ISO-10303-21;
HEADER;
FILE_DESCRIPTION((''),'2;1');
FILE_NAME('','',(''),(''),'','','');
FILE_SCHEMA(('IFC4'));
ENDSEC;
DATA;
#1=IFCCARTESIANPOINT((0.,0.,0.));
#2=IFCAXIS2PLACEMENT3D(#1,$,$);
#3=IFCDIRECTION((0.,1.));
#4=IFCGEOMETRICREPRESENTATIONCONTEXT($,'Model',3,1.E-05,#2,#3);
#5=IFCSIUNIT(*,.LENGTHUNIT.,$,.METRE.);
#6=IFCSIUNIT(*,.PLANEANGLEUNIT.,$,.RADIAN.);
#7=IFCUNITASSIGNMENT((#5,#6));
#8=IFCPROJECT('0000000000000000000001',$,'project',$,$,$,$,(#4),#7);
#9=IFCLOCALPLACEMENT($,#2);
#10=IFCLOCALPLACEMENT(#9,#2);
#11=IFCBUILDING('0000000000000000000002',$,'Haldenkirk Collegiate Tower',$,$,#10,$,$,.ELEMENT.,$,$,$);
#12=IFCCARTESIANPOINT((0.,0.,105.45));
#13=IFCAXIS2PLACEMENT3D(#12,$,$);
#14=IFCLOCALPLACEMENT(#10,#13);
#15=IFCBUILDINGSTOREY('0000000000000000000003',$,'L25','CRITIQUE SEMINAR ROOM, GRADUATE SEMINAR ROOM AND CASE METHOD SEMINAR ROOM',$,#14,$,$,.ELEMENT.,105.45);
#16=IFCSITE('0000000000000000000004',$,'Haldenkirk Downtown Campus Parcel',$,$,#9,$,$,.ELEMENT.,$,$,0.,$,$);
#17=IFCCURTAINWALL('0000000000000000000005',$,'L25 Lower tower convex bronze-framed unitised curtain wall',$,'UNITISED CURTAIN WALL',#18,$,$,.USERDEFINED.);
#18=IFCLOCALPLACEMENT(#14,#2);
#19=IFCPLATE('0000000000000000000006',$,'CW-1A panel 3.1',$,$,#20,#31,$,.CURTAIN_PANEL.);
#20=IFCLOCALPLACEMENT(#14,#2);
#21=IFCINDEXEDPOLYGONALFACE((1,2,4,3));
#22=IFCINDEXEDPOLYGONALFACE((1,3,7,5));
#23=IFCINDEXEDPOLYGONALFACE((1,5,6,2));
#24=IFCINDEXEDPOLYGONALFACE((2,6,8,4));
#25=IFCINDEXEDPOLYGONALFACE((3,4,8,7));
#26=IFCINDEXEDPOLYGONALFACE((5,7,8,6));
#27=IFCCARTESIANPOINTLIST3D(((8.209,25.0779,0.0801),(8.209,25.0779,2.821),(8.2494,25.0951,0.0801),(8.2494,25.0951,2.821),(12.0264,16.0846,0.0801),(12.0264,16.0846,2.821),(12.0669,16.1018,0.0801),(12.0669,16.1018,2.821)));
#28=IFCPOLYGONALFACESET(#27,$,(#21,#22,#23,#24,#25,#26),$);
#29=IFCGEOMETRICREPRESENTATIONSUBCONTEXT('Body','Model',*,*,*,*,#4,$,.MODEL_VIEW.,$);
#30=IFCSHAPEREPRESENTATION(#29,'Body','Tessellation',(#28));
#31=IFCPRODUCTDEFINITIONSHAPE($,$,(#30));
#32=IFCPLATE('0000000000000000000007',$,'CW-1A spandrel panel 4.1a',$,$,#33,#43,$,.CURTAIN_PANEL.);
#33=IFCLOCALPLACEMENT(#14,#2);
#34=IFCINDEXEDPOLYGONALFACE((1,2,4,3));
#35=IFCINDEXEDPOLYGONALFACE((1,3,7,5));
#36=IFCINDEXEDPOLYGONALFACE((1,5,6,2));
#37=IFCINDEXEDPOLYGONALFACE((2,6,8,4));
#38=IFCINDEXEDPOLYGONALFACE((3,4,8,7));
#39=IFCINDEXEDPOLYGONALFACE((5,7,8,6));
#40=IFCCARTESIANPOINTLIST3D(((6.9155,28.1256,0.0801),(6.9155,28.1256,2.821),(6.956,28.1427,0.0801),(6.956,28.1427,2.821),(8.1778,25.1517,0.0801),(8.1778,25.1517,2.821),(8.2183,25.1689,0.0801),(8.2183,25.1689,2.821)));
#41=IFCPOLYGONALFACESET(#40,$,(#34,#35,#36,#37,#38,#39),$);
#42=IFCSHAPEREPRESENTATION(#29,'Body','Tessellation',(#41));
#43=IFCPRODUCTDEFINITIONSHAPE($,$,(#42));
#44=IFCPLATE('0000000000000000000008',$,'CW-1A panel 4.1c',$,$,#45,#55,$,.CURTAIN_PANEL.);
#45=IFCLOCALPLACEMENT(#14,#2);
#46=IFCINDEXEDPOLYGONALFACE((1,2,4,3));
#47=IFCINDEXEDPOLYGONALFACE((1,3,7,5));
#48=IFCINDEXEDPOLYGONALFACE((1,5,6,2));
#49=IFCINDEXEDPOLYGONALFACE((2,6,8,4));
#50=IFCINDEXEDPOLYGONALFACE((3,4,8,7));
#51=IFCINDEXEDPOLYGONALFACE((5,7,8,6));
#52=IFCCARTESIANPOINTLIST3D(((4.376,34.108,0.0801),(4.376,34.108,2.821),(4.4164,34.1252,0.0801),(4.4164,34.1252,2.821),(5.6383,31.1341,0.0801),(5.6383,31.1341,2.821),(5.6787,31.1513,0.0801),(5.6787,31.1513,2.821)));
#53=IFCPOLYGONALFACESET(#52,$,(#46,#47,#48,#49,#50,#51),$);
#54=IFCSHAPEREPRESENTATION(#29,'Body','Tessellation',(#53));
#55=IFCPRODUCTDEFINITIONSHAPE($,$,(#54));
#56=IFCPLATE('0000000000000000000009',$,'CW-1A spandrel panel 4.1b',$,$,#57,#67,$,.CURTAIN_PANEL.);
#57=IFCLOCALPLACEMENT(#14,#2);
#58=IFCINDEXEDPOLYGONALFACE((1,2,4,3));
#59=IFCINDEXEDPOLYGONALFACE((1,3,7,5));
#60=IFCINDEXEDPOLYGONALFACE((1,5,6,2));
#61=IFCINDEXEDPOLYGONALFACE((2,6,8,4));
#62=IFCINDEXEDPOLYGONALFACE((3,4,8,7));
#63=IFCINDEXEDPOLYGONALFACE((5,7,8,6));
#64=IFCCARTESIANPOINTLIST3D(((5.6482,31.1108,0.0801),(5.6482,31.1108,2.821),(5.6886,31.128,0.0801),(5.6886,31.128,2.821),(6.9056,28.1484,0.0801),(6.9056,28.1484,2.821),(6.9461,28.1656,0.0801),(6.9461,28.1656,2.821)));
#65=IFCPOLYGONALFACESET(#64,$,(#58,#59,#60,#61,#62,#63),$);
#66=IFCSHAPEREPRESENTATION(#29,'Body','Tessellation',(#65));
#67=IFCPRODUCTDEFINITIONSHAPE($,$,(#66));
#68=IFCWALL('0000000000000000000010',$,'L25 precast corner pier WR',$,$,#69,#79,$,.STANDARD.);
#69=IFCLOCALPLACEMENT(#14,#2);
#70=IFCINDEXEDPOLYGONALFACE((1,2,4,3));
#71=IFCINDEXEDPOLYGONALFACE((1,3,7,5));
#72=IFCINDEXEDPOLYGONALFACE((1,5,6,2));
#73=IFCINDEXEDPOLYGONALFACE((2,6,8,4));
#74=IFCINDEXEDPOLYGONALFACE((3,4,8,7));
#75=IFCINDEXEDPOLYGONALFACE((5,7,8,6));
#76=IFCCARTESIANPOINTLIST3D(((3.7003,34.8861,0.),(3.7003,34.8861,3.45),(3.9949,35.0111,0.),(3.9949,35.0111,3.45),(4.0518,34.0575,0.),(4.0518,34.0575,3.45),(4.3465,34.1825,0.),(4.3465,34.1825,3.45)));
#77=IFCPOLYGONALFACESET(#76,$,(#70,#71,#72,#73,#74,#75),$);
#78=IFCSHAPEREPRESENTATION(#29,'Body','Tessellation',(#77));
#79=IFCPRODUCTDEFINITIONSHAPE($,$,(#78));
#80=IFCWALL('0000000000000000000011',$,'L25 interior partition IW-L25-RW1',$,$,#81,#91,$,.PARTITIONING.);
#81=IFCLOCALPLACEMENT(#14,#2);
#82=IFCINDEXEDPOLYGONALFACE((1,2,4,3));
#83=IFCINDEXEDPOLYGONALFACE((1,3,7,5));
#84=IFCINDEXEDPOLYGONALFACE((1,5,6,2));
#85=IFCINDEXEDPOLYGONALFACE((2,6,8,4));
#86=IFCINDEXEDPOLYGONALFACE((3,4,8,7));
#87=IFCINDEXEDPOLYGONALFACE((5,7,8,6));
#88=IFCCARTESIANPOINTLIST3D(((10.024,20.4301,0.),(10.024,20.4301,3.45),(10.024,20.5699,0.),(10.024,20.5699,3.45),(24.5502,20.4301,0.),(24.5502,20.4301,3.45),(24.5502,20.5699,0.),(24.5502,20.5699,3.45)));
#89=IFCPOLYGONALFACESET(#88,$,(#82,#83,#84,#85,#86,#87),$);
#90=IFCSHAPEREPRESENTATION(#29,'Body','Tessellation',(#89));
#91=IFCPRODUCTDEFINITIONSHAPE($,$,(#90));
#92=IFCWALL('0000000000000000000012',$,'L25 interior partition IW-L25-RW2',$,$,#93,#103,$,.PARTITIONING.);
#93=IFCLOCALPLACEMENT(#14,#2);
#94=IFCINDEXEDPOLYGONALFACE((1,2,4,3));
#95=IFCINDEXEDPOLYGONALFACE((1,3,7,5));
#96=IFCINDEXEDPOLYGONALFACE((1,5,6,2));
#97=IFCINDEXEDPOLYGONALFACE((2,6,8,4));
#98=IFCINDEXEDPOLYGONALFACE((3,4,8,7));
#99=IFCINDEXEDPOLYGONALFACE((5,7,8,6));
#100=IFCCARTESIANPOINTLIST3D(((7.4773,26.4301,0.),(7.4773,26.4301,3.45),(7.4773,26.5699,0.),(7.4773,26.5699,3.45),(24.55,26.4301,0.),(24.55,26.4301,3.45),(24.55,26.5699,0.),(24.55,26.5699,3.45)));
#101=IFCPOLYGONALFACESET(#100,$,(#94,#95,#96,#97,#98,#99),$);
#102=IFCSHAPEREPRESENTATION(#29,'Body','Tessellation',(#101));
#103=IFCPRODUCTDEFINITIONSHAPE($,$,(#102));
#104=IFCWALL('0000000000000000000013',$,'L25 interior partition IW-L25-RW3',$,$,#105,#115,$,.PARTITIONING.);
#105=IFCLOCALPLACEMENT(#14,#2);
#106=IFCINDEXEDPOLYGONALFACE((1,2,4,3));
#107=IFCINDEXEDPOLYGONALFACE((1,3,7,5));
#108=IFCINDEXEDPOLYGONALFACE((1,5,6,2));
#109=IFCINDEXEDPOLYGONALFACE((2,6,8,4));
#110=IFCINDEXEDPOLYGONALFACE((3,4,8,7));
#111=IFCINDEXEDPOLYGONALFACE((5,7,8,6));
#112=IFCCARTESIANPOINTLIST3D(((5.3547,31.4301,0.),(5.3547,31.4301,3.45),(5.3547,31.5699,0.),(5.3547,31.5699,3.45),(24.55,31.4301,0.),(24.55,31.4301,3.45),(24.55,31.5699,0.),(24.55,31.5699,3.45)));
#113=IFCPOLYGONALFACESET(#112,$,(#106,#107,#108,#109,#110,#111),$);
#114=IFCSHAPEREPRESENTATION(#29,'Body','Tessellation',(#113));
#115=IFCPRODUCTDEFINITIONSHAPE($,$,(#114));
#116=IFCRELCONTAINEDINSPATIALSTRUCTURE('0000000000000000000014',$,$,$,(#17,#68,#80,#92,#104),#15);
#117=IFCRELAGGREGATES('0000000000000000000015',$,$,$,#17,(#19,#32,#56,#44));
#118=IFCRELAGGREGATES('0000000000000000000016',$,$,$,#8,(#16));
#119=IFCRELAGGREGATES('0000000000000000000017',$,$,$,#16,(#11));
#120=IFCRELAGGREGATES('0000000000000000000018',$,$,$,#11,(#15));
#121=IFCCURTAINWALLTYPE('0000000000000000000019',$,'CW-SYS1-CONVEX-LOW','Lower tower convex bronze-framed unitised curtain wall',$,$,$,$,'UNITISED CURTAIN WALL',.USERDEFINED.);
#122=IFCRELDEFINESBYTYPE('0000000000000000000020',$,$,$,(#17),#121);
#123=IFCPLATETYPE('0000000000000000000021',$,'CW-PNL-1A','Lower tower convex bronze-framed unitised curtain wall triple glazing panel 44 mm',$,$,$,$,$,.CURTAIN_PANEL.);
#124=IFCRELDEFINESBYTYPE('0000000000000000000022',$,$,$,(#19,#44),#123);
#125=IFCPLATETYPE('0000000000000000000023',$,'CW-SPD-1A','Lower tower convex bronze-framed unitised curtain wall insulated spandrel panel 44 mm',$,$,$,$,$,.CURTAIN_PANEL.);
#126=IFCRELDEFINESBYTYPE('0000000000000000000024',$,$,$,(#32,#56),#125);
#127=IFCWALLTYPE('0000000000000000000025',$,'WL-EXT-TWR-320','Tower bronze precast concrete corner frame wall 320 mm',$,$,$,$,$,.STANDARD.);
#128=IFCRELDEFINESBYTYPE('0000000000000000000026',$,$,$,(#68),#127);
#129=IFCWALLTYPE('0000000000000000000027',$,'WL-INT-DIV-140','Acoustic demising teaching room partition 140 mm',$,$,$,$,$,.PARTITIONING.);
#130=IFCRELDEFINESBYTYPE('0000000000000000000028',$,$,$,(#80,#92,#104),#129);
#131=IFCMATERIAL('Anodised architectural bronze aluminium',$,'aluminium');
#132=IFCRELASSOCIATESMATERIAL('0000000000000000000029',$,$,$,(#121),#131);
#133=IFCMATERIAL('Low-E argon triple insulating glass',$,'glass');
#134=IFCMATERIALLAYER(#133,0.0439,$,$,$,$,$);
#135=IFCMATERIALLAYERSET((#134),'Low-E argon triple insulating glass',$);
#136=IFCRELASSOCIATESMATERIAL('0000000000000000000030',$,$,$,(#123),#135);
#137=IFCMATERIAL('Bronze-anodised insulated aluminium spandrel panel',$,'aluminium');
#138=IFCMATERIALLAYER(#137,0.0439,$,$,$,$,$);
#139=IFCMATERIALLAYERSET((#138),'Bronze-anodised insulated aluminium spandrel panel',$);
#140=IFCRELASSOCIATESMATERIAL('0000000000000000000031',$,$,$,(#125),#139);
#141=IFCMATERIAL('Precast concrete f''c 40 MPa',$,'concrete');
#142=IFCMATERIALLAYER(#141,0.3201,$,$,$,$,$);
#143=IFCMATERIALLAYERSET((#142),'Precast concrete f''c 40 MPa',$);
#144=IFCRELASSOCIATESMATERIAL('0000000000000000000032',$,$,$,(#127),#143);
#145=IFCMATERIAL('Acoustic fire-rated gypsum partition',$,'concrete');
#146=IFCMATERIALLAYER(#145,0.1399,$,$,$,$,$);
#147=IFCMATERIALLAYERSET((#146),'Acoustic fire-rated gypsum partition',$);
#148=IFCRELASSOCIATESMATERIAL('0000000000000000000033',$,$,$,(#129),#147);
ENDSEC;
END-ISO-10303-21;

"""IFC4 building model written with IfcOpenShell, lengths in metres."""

from ifc_helpers import new_model, si_unit, direction, frame, frame_2d, origin, origin_2d, place, context, subcontext, project, spatial, rectangle, extrude, source, transform, mapped, material, layer, layer_set, type_object, element, aggregate, save


model = new_model("IFC4")

# Units and contexts
model_context = context("Model", 3, precision=1e-05, world=origin(), true_north=direction((0.0, 1.0)))
body_context = subcontext(model_context, "Body", "Model", "MODEL_VIEW")
ifc_project = project(units=[si_unit("LENGTHUNIT", "METRE"), si_unit("PLANEANGLEUNIT", "RADIAN")], contexts=[model_context])

# Site, building, storey
site_placement = place(None, origin())
site = spatial("IfcSite", under=ifc_project, at=site_placement, Name="Haldenkirk Downtown Campus Parcel", CompositionType="ELEMENT", RefElevation=0.0)
building_placement = place(site_placement, origin())
building = spatial("IfcBuilding", under=site, at=building_placement, Name="Haldenkirk Collegiate Tower", CompositionType="ELEMENT")
storey_placement = place(building_placement, frame((0.0, 0.0, 105.45)))
storey = spatial("IfcBuildingStorey", under=building, at=storey_placement, Name="L25", Description="CRITIQUE SEMINAR ROOM, GRADUATE SEMINAR ROOM AND CASE METHOD SEMINAR ROOM", CompositionType="ELEMENT", Elevation=105.45)

# Curtain wall
ifc_material_1 = material(Name="Anodised architectural bronze aluminium", Category="aluminium")
curtain_wall_type = type_object("IfcCurtainWallType", Name="CW-SYS1-CONVEX-LOW", Description="Lower tower convex bronze-framed unitised curtain wall", ElementType="UNITISED CURTAIN WALL", PredefinedType="USERDEFINED", material=ifc_material_1)
curtain_wall_placement = place(storey_placement, origin())
curtain_wall = element("IfcCurtainWall", 1, at=curtain_wall_placement, inside=storey, type_object=curtain_wall_type, Name="L25 Lower tower convex bronze-framed unitised curtain wall", ObjectType="UNITISED CURTAIN WALL", PredefinedType="USERDEFINED")

# Plates
ifc_material_2 = material(Name="Low-E argon triple insulating glass", Category="glass")
ifc_layer_1 = layer(ifc_material_2, 0.0439)
ifc_layer_set_1 = layer_set([ifc_layer_1], Name="Low-E argon triple insulating glass")
plate_type_1 = type_object("IfcPlateType", Name="CW-PNL-1A", Description="Lower tower convex bronze-framed unitised curtain wall triple glazing panel 44 mm", PredefinedType="CURTAIN_PANEL", material=ifc_layer_set_1)
shared_shape_1 = source(origin(), body_context, "Body", "SweptSolid", [
    extrude(rectangle(XDim=9.77, YDim=0.0439, at=origin_2d()), origin(), (0.0, 0.0, 1.0), 2.741),
])
plate_1_placement = place(storey_placement, frame((10.1379, 20.5898, 0.0801), z_axis=(0.0, 0.0, 1.0), x_axis=(-0.39073, 0.920505, 0.0)))
plate_1 = element("IfcPlate", 2, at=plate_1_placement, type_object=plate_type_1, Name="CW-1A panel 3.1", PredefinedType="CURTAIN_PANEL", context=body_context, shape_type="MappedRepresentation", body=[
    mapped(shared_shape_1, transform((0.0, 0.0, 0.0), x_axis=(1.0, 0.0, 0.0), y_axis=(0.0, 1.0, 0.0), z_axis=(0.0, 0.0, 1.0), scale=1.0)),
])
ifc_material_3 = material(Name="Bronze-anodised insulated aluminium spandrel panel", Category="aluminium")
ifc_layer_2 = layer(ifc_material_3, 0.0439)
ifc_layer_set_2 = layer_set([ifc_layer_2], Name="Bronze-anodised insulated aluminium spandrel panel")
plate_type_2 = type_object("IfcPlateType", Name="CW-SPD-1A", Description="Lower tower convex bronze-framed unitised curtain wall insulated spandrel panel 44 mm", PredefinedType="CURTAIN_PANEL", material=ifc_layer_set_2)
shared_shape_2 = source(origin(), body_context, "Body", "SweptSolid", [
    extrude(rectangle(XDim=3.2307, YDim=0.0439, at=origin_2d()), origin(), (0.0, 0.0, 1.0), 2.741),
])
plate_2_placement = place(storey_placement, frame((7.5669, 26.6472, 0.0801), z_axis=(0.0, 0.0, 1.0), x_axis=(-0.39073, 0.920505, 0.0)))
plate_2 = element("IfcPlate", 3, at=plate_2_placement, type_object=plate_type_2, Name="CW-1A spandrel panel 4.1a", PredefinedType="CURTAIN_PANEL", context=body_context, shape_type="MappedRepresentation", body=[
    mapped(shared_shape_2, transform((0.0, 0.0, 0.0), x_axis=(1.0, 0.0, 0.0), y_axis=(0.0, 1.0, 0.0), z_axis=(0.0, 0.0, 1.0), scale=1.0)),
])
plate_3_placement = place(storey_placement, frame((5.0273, 32.6296, 0.0801), z_axis=(0.0, 0.0, 1.0), x_axis=(-0.39073, 0.920505, 0.0)))
plate_3 = element("IfcPlate", 4, at=plate_3_placement, type_object=plate_type_1, Name="CW-1A panel 4.1c", PredefinedType="CURTAIN_PANEL", context=body_context, shape_type="MappedRepresentation", body=[
    mapped(shared_shape_2, transform((0.0, 0.0, 0.0), x_axis=(1.0, 0.0, 0.0), y_axis=(0.0, 1.0, 0.0), z_axis=(0.0, 0.0, 1.0), scale=1.0)),
])
shared_shape_3 = source(origin(), body_context, "Body", "SweptSolid", [
    extrude(rectangle(XDim=3.2183, YDim=0.0439, at=origin_2d()), origin(), (0.0, 0.0, 1.0), 2.741),
])
plate_4_placement = place(storey_placement, frame((6.2971, 29.6382, 0.0801), z_axis=(0.0, 0.0, 1.0), x_axis=(-0.39073, 0.920505, 0.0)))
plate_4 = element("IfcPlate", 5, at=plate_4_placement, type_object=plate_type_2, Name="CW-1A spandrel panel 4.1b", PredefinedType="CURTAIN_PANEL", context=body_context, shape_type="MappedRepresentation", body=[
    mapped(shared_shape_3, transform((0.0, 0.0, 0.0), x_axis=(1.0, 0.0, 0.0), y_axis=(0.0, 1.0, 0.0), z_axis=(0.0, 0.0, 1.0), scale=1.0)),
])
aggregate(curtain_wall, [plate_1, plate_2, plate_4, plate_3])

# Walls
ifc_material_4 = material(Name="Precast concrete f'c 40 MPa", Category="concrete")
ifc_layer_3 = layer(ifc_material_4, 0.3201)
ifc_layer_set_3 = layer_set([ifc_layer_3], Name="Precast concrete f'c 40 MPa")
wall_type_1 = type_object("IfcWallType", Name="WL-EXT-TWR-320", Description="Tower bronze precast concrete corner frame wall 320 mm", PredefinedType="STANDARD", material=ifc_layer_set_3)
wall_1_placement = place(storey_placement, frame((4.1992, 34.1199, 0.0), z_axis=(0.0, 0.0, 1.0), x_axis=(-0.390578, 0.92057, 0.0)))
element("IfcWall", 6, at=wall_1_placement, inside=storey, type_object=wall_type_1, Name="L25 precast corner pier WR", PredefinedType="STANDARD", context=body_context, shape_type="SweptSolid", body=[
    extrude(rectangle(XDim=0.9001, YDim=0.3201, at=frame_2d((0.4502, 0.0))), origin(), (0.0, 0.0, 1.0), 3.45),
])
ifc_material_5 = material(Name="Acoustic fire-rated gypsum partition", Category="concrete")
ifc_layer_4 = layer(ifc_material_5, 0.1399)
ifc_layer_set_4 = layer_set([ifc_layer_4], Name="Acoustic fire-rated gypsum partition")
wall_type_2 = type_object("IfcWallType", Name="WL-INT-DIV-140", Description="Acoustic demising teaching room partition 140 mm", PredefinedType="PARTITIONING", material=ifc_layer_set_4)
wall_2_placement = place(storey_placement, frame((10.0239, 20.5, 0.0), z_axis=(0.0, 0.0, 1.0), x_axis=(1.0, 0.0, 0.0)))
element("IfcWall", 7, at=wall_2_placement, inside=storey, type_object=wall_type_2, Name="L25 interior partition IW-L25-RW1", PredefinedType="PARTITIONING", context=body_context, shape_type="SweptSolid", body=[
    extrude(rectangle(XDim=14.5261, YDim=0.1399, at=frame_2d((7.2632, 0.0))), origin(), (0.0, 0.0, 1.0), 3.45),
])
wall_3_placement = place(storey_placement, frame((7.4773, 26.5, 0.0), z_axis=(0.0, 0.0, 1.0), x_axis=(1.0, 0.0, 0.0)))
element("IfcWall", 8, at=wall_3_placement, inside=storey, type_object=wall_type_2, Name="L25 interior partition IW-L25-RW2", PredefinedType="PARTITIONING", context=body_context, shape_type="SweptSolid", body=[
    extrude(rectangle(XDim=17.0728, YDim=0.1399, at=frame_2d((8.5364, 0.0))), origin(), (0.0, 0.0, 1.0), 3.45),
])
wall_4_placement = place(storey_placement, frame((5.3547, 31.5, 0.0), z_axis=(0.0, 0.0, 1.0), x_axis=(1.0, 0.0, 0.0)))
element("IfcWall", 9, at=wall_4_placement, inside=storey, type_object=wall_type_2, Name="L25 interior partition IW-L25-RW3", PredefinedType="PARTITIONING", context=body_context, shape_type="SweptSolid", body=[
    extrude(rectangle(XDim=19.1953, YDim=0.1399, at=frame_2d((9.5977, 0.0))), origin(), (0.0, 0.0, 1.0), 3.45),
])

save(model, "model.ifc")
